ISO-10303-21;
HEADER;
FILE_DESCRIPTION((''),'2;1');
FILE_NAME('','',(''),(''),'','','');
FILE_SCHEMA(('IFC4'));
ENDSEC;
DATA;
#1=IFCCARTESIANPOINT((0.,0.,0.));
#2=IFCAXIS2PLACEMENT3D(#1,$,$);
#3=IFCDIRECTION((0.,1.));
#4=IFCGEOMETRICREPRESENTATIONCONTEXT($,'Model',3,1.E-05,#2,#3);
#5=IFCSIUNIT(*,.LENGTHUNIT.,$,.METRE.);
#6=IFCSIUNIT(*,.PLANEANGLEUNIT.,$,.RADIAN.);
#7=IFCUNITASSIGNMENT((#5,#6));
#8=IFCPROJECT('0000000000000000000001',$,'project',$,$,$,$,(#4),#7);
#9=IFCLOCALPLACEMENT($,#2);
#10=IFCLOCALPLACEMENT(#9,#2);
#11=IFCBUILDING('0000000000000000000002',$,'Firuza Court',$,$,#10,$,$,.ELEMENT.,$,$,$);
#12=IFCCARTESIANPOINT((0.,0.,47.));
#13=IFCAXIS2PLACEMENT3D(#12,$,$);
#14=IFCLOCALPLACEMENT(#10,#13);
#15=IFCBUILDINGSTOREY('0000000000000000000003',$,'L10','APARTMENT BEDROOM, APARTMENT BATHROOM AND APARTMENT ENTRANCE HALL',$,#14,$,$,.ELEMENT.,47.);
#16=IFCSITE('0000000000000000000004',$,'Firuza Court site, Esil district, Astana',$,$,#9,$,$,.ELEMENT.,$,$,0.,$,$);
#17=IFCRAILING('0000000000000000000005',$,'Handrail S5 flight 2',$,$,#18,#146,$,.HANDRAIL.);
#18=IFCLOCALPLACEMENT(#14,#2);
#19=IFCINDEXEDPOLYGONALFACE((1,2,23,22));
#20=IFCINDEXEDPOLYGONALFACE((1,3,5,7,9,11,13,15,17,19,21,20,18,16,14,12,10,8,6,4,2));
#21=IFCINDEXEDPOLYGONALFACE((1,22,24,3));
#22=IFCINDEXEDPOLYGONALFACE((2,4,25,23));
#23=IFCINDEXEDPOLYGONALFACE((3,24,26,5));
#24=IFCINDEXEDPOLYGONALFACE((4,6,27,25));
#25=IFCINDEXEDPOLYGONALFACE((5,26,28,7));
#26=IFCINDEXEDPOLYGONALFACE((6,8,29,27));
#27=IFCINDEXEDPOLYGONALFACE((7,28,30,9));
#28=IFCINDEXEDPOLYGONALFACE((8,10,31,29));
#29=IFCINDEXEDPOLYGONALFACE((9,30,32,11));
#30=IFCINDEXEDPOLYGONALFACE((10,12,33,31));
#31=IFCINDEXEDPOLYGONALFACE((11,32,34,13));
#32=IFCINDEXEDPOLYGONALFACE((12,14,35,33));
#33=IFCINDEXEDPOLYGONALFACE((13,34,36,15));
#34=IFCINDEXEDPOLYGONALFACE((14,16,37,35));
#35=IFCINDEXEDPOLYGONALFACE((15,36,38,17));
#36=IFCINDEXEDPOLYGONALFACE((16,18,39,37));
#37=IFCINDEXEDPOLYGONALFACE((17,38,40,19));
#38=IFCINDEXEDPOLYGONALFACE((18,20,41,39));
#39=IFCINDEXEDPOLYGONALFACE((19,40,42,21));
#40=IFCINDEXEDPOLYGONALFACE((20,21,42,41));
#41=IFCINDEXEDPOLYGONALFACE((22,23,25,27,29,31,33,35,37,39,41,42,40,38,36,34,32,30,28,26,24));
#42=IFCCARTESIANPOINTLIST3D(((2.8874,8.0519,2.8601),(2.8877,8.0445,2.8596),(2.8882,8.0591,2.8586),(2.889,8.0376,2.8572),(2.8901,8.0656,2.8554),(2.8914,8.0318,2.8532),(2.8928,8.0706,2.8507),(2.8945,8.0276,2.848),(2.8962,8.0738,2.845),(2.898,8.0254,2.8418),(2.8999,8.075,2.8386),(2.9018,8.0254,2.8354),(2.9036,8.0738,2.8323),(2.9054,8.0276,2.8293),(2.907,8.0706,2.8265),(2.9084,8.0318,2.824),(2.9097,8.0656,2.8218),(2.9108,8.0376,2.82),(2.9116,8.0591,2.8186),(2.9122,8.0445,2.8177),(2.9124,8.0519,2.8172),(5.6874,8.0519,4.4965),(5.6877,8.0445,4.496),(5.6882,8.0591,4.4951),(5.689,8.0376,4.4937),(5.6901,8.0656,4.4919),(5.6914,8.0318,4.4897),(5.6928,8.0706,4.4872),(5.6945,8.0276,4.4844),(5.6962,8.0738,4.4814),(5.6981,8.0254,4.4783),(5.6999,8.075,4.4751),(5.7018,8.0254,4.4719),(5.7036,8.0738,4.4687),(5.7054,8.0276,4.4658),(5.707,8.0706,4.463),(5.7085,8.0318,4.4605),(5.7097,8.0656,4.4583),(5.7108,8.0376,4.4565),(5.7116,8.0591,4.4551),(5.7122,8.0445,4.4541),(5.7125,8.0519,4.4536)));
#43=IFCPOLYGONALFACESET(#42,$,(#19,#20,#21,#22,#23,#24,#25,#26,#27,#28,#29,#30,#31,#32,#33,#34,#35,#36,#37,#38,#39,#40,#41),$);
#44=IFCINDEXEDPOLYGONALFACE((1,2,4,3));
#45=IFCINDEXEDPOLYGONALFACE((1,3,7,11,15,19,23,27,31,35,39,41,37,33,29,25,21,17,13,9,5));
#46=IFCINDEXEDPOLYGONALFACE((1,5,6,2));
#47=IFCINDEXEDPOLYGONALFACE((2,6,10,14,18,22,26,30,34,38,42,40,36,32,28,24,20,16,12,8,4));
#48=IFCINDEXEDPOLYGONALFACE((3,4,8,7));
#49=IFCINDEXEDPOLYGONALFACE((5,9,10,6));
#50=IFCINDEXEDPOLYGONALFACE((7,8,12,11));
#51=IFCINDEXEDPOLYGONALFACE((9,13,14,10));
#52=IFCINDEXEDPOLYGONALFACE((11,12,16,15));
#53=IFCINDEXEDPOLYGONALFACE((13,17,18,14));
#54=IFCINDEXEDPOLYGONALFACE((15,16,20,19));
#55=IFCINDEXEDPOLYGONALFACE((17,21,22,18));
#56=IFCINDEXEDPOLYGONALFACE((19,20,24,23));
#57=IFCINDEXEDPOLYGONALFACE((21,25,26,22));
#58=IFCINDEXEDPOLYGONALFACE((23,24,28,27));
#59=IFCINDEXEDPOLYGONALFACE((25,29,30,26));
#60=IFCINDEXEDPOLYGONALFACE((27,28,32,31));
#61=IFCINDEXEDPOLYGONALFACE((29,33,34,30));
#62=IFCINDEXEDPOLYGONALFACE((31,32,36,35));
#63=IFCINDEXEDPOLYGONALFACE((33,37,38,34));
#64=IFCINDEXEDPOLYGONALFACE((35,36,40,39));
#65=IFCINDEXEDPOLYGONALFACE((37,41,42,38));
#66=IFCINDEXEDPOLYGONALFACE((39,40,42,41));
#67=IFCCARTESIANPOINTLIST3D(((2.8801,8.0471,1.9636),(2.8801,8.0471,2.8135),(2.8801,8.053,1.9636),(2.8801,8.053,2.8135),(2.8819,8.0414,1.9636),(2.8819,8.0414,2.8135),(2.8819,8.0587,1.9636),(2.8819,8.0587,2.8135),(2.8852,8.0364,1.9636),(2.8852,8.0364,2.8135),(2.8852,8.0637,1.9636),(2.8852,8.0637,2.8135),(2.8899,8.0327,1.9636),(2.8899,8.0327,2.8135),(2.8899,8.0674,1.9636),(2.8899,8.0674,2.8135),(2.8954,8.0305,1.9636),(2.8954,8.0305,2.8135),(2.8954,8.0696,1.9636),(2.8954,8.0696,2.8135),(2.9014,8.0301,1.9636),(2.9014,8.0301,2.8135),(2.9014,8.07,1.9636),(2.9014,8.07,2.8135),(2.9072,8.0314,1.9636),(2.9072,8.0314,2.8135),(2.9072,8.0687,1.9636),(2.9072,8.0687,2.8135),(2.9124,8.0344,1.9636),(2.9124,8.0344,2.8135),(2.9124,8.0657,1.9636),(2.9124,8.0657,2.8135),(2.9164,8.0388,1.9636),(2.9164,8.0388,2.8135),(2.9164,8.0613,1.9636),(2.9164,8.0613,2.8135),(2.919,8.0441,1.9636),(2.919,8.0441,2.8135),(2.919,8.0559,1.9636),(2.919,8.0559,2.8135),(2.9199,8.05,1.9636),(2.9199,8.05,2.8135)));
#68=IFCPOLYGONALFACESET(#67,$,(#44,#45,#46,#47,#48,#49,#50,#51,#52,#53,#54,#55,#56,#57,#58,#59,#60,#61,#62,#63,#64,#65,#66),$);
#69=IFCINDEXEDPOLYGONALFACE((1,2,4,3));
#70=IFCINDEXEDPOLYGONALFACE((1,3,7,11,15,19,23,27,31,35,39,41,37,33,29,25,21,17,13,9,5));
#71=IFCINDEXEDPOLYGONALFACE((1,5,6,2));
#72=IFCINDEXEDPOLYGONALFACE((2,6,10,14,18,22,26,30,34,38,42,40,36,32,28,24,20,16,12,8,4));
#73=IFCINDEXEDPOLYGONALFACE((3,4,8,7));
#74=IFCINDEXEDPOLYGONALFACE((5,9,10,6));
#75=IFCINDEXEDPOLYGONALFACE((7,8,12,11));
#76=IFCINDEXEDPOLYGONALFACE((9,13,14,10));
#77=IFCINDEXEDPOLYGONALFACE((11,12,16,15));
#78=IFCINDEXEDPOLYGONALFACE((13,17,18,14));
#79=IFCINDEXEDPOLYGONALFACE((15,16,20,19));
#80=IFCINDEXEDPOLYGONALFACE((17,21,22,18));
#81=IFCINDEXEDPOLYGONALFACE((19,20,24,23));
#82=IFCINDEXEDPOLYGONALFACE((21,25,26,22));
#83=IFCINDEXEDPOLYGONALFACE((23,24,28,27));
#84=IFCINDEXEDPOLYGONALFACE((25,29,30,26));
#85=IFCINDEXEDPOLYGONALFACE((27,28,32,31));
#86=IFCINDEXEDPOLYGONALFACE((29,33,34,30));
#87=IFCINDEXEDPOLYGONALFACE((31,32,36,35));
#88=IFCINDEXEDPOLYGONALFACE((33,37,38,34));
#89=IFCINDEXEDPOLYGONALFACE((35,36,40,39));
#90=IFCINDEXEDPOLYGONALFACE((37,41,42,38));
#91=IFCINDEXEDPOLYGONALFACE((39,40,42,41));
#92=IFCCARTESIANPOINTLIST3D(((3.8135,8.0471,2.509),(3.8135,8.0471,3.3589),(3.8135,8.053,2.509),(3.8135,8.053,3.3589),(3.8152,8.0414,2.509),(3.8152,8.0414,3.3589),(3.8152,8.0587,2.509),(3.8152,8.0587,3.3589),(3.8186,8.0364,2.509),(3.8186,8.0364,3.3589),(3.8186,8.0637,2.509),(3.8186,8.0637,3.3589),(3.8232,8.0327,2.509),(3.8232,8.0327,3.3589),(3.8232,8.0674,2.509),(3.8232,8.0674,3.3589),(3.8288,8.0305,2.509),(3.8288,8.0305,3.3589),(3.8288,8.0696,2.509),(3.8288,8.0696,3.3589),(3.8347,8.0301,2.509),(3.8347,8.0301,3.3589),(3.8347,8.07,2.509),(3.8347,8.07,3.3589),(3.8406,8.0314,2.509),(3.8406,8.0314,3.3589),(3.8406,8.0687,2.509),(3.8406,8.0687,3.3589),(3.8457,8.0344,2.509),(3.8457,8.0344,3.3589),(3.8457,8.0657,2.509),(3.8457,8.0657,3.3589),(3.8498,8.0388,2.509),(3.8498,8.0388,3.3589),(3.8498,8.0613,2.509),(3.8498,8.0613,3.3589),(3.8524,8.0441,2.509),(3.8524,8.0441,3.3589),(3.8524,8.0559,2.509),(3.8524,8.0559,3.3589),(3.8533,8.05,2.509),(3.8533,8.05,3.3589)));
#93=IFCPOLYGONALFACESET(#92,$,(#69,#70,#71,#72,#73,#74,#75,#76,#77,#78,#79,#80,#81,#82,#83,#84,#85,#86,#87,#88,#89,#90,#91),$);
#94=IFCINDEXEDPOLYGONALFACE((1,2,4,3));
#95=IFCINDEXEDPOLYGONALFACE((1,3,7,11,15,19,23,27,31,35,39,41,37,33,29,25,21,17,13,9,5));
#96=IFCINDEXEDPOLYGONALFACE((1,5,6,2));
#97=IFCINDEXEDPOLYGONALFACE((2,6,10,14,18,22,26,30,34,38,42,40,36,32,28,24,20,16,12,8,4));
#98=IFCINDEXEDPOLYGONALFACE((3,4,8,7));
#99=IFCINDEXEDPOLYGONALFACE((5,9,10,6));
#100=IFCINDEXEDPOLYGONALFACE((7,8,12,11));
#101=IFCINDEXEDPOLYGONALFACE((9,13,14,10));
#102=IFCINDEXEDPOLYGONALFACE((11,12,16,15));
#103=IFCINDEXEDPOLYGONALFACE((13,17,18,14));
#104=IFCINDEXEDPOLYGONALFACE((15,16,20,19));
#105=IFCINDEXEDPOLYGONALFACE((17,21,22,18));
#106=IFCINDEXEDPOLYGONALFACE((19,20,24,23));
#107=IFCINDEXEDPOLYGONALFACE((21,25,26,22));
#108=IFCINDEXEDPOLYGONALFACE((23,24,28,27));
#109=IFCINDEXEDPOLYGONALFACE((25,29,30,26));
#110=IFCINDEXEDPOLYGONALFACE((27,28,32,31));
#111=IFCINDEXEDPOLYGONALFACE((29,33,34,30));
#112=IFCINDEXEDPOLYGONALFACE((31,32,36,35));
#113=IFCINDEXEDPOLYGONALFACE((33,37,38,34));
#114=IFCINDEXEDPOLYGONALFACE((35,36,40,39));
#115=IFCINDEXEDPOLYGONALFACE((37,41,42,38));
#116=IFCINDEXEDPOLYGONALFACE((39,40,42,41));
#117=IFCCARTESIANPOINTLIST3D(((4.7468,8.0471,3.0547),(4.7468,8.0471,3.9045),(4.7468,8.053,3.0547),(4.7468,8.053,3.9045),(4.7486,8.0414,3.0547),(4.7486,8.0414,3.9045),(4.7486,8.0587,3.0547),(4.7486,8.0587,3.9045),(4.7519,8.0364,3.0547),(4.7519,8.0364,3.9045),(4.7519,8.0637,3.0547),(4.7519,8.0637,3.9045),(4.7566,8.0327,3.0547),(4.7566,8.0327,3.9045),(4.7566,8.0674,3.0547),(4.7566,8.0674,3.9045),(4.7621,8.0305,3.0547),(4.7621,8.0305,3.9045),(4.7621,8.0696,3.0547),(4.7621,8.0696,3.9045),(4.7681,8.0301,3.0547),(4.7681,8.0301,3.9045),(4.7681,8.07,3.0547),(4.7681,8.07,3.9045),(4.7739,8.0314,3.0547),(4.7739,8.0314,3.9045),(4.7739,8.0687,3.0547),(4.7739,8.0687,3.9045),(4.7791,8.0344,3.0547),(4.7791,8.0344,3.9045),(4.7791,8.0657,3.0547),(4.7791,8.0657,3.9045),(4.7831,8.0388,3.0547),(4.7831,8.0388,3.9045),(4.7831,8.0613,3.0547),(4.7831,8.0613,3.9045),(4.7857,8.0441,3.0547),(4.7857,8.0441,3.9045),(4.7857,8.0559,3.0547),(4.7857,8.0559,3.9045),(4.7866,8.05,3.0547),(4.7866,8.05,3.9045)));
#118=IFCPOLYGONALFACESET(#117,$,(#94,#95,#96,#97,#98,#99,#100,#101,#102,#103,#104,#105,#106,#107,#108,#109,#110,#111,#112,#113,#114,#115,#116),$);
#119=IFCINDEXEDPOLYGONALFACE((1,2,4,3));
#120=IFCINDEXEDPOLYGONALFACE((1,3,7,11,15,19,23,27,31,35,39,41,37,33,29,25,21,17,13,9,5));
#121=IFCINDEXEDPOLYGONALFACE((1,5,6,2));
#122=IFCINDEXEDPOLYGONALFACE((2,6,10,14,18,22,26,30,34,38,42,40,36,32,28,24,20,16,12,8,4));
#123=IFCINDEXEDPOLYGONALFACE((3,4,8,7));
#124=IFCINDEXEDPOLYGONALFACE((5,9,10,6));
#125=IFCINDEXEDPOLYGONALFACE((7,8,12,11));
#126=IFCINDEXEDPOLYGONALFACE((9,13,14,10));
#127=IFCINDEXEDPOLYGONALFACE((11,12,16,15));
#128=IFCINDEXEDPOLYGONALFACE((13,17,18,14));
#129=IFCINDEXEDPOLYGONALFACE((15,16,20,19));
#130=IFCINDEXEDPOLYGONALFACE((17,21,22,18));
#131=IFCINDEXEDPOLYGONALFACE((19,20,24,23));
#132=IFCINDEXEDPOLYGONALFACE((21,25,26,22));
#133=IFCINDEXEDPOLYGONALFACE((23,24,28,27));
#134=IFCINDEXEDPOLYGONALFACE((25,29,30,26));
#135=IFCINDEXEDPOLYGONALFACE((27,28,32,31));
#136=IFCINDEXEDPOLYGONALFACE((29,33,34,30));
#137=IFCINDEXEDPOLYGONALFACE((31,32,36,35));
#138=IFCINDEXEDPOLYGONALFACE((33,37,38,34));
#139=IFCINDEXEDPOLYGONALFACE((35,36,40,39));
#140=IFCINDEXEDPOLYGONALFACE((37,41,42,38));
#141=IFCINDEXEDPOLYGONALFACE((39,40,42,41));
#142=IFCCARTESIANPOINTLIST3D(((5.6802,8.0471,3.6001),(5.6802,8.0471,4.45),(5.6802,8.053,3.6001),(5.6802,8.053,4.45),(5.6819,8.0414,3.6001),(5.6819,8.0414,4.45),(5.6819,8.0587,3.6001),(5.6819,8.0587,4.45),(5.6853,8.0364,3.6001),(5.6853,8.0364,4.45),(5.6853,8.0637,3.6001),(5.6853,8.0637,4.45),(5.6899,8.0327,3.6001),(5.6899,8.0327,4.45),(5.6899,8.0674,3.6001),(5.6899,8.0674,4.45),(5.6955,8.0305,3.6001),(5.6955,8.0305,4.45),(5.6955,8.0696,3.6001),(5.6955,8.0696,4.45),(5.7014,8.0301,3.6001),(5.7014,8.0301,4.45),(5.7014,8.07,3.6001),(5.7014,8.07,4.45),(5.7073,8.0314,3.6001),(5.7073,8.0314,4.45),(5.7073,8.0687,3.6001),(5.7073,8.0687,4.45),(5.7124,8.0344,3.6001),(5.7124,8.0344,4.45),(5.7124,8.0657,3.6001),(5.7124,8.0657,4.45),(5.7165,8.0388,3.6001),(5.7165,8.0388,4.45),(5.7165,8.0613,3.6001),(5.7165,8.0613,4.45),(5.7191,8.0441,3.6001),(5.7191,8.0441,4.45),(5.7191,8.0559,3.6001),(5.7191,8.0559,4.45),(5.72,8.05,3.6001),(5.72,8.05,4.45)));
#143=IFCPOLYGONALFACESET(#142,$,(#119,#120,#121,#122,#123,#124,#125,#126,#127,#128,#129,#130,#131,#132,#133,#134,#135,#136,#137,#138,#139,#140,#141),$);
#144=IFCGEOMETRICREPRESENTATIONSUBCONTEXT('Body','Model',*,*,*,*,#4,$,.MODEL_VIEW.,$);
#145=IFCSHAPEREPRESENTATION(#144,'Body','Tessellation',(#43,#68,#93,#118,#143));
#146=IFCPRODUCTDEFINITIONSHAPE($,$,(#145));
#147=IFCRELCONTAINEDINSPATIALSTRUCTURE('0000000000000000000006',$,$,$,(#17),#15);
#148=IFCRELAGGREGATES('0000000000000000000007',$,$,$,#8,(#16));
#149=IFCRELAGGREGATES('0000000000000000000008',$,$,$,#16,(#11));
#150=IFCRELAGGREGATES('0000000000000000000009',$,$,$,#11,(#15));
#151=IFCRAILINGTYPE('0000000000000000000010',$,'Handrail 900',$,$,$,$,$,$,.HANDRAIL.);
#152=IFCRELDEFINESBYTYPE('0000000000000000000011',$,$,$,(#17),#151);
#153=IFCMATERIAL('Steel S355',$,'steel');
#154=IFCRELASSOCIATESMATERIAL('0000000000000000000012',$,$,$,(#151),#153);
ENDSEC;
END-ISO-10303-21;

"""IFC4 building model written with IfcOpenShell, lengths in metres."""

from ifc_helpers import new_model, si_unit, direction, frame, origin, origin_2d, place, context, subcontext, project, spatial, circle, extrude, material, type_object, element, save


model = new_model("IFC4")

# Units and contexts
model_context = context("Model", 3, precision=1e-05, world=origin(), true_north=direction((0.0, 1.0)))
body_context = subcontext(model_context, "Body", "Model", "MODEL_VIEW")
ifc_project = project(units=[si_unit("LENGTHUNIT", "METRE"), si_unit("PLANEANGLEUNIT", "RADIAN")], contexts=[model_context])

# Site, building, storey
site_placement = place(None, origin())
site = spatial("IfcSite", under=ifc_project, at=site_placement, Name="Firuza Court site, Esil district, Astana", CompositionType="ELEMENT", RefElevation=0.0)
building_placement = place(site_placement, origin())
building = spatial("IfcBuilding", under=site, at=building_placement, Name="Firuza Court", CompositionType="ELEMENT")
storey_placement = place(building_placement, frame((0.0, 0.0, 47.0)))
storey = spatial("IfcBuildingStorey", under=building, at=storey_placement, Name="L10", Description="APARTMENT BEDROOM, APARTMENT BATHROOM AND APARTMENT ENTRANCE HALL", CompositionType="ELEMENT", Elevation=47.0)

# Railing
ifc_material_1 = material(Name="Steel S355", Category="steel")
railing_type_1 = type_object("IfcRailingType", Name="Handrail 900", PredefinedType="HANDRAIL", material=ifc_material_1)
railing_1_placement = place(storey_placement, frame((2.8999, 8.05, 1.9636)))
element("IfcRailing", 1, at=railing_1_placement, inside=storey, type_object=railing_type_1, Name="Handrail S5 flight 2", PredefinedType="HANDRAIL", context=body_context, shape_type="SweptSolid", body=[
    extrude(circle(Radius=0.0249, at=origin_2d()), frame((0.0, 0.0, 0.875), z_axis=(0.863361, 0.0, 0.504587), x_axis=(0.0, 1.0, 0.0)), (0.0, 0.0, 1.0), 3.2432),
    extrude(circle(Radius=0.02, at=origin_2d()), origin(), (0.0, 0.0, 1.0), 0.8499),
    extrude(circle(Radius=0.02, at=origin_2d()), frame((0.9333, 0.0, 0.5454)), (0.0, 0.0, 1.0), 0.8499),
    extrude(circle(Radius=0.02, at=origin_2d()), frame((1.8667, 0.0, 1.0911)), (0.0, 0.0, 1.0), 0.8499),
    extrude(circle(Radius=0.02, at=origin_2d()), frame((2.8, 0.0, 1.6365)), (0.0, 0.0, 1.0), 0.8499),
])

save(model, "model.ifc")
